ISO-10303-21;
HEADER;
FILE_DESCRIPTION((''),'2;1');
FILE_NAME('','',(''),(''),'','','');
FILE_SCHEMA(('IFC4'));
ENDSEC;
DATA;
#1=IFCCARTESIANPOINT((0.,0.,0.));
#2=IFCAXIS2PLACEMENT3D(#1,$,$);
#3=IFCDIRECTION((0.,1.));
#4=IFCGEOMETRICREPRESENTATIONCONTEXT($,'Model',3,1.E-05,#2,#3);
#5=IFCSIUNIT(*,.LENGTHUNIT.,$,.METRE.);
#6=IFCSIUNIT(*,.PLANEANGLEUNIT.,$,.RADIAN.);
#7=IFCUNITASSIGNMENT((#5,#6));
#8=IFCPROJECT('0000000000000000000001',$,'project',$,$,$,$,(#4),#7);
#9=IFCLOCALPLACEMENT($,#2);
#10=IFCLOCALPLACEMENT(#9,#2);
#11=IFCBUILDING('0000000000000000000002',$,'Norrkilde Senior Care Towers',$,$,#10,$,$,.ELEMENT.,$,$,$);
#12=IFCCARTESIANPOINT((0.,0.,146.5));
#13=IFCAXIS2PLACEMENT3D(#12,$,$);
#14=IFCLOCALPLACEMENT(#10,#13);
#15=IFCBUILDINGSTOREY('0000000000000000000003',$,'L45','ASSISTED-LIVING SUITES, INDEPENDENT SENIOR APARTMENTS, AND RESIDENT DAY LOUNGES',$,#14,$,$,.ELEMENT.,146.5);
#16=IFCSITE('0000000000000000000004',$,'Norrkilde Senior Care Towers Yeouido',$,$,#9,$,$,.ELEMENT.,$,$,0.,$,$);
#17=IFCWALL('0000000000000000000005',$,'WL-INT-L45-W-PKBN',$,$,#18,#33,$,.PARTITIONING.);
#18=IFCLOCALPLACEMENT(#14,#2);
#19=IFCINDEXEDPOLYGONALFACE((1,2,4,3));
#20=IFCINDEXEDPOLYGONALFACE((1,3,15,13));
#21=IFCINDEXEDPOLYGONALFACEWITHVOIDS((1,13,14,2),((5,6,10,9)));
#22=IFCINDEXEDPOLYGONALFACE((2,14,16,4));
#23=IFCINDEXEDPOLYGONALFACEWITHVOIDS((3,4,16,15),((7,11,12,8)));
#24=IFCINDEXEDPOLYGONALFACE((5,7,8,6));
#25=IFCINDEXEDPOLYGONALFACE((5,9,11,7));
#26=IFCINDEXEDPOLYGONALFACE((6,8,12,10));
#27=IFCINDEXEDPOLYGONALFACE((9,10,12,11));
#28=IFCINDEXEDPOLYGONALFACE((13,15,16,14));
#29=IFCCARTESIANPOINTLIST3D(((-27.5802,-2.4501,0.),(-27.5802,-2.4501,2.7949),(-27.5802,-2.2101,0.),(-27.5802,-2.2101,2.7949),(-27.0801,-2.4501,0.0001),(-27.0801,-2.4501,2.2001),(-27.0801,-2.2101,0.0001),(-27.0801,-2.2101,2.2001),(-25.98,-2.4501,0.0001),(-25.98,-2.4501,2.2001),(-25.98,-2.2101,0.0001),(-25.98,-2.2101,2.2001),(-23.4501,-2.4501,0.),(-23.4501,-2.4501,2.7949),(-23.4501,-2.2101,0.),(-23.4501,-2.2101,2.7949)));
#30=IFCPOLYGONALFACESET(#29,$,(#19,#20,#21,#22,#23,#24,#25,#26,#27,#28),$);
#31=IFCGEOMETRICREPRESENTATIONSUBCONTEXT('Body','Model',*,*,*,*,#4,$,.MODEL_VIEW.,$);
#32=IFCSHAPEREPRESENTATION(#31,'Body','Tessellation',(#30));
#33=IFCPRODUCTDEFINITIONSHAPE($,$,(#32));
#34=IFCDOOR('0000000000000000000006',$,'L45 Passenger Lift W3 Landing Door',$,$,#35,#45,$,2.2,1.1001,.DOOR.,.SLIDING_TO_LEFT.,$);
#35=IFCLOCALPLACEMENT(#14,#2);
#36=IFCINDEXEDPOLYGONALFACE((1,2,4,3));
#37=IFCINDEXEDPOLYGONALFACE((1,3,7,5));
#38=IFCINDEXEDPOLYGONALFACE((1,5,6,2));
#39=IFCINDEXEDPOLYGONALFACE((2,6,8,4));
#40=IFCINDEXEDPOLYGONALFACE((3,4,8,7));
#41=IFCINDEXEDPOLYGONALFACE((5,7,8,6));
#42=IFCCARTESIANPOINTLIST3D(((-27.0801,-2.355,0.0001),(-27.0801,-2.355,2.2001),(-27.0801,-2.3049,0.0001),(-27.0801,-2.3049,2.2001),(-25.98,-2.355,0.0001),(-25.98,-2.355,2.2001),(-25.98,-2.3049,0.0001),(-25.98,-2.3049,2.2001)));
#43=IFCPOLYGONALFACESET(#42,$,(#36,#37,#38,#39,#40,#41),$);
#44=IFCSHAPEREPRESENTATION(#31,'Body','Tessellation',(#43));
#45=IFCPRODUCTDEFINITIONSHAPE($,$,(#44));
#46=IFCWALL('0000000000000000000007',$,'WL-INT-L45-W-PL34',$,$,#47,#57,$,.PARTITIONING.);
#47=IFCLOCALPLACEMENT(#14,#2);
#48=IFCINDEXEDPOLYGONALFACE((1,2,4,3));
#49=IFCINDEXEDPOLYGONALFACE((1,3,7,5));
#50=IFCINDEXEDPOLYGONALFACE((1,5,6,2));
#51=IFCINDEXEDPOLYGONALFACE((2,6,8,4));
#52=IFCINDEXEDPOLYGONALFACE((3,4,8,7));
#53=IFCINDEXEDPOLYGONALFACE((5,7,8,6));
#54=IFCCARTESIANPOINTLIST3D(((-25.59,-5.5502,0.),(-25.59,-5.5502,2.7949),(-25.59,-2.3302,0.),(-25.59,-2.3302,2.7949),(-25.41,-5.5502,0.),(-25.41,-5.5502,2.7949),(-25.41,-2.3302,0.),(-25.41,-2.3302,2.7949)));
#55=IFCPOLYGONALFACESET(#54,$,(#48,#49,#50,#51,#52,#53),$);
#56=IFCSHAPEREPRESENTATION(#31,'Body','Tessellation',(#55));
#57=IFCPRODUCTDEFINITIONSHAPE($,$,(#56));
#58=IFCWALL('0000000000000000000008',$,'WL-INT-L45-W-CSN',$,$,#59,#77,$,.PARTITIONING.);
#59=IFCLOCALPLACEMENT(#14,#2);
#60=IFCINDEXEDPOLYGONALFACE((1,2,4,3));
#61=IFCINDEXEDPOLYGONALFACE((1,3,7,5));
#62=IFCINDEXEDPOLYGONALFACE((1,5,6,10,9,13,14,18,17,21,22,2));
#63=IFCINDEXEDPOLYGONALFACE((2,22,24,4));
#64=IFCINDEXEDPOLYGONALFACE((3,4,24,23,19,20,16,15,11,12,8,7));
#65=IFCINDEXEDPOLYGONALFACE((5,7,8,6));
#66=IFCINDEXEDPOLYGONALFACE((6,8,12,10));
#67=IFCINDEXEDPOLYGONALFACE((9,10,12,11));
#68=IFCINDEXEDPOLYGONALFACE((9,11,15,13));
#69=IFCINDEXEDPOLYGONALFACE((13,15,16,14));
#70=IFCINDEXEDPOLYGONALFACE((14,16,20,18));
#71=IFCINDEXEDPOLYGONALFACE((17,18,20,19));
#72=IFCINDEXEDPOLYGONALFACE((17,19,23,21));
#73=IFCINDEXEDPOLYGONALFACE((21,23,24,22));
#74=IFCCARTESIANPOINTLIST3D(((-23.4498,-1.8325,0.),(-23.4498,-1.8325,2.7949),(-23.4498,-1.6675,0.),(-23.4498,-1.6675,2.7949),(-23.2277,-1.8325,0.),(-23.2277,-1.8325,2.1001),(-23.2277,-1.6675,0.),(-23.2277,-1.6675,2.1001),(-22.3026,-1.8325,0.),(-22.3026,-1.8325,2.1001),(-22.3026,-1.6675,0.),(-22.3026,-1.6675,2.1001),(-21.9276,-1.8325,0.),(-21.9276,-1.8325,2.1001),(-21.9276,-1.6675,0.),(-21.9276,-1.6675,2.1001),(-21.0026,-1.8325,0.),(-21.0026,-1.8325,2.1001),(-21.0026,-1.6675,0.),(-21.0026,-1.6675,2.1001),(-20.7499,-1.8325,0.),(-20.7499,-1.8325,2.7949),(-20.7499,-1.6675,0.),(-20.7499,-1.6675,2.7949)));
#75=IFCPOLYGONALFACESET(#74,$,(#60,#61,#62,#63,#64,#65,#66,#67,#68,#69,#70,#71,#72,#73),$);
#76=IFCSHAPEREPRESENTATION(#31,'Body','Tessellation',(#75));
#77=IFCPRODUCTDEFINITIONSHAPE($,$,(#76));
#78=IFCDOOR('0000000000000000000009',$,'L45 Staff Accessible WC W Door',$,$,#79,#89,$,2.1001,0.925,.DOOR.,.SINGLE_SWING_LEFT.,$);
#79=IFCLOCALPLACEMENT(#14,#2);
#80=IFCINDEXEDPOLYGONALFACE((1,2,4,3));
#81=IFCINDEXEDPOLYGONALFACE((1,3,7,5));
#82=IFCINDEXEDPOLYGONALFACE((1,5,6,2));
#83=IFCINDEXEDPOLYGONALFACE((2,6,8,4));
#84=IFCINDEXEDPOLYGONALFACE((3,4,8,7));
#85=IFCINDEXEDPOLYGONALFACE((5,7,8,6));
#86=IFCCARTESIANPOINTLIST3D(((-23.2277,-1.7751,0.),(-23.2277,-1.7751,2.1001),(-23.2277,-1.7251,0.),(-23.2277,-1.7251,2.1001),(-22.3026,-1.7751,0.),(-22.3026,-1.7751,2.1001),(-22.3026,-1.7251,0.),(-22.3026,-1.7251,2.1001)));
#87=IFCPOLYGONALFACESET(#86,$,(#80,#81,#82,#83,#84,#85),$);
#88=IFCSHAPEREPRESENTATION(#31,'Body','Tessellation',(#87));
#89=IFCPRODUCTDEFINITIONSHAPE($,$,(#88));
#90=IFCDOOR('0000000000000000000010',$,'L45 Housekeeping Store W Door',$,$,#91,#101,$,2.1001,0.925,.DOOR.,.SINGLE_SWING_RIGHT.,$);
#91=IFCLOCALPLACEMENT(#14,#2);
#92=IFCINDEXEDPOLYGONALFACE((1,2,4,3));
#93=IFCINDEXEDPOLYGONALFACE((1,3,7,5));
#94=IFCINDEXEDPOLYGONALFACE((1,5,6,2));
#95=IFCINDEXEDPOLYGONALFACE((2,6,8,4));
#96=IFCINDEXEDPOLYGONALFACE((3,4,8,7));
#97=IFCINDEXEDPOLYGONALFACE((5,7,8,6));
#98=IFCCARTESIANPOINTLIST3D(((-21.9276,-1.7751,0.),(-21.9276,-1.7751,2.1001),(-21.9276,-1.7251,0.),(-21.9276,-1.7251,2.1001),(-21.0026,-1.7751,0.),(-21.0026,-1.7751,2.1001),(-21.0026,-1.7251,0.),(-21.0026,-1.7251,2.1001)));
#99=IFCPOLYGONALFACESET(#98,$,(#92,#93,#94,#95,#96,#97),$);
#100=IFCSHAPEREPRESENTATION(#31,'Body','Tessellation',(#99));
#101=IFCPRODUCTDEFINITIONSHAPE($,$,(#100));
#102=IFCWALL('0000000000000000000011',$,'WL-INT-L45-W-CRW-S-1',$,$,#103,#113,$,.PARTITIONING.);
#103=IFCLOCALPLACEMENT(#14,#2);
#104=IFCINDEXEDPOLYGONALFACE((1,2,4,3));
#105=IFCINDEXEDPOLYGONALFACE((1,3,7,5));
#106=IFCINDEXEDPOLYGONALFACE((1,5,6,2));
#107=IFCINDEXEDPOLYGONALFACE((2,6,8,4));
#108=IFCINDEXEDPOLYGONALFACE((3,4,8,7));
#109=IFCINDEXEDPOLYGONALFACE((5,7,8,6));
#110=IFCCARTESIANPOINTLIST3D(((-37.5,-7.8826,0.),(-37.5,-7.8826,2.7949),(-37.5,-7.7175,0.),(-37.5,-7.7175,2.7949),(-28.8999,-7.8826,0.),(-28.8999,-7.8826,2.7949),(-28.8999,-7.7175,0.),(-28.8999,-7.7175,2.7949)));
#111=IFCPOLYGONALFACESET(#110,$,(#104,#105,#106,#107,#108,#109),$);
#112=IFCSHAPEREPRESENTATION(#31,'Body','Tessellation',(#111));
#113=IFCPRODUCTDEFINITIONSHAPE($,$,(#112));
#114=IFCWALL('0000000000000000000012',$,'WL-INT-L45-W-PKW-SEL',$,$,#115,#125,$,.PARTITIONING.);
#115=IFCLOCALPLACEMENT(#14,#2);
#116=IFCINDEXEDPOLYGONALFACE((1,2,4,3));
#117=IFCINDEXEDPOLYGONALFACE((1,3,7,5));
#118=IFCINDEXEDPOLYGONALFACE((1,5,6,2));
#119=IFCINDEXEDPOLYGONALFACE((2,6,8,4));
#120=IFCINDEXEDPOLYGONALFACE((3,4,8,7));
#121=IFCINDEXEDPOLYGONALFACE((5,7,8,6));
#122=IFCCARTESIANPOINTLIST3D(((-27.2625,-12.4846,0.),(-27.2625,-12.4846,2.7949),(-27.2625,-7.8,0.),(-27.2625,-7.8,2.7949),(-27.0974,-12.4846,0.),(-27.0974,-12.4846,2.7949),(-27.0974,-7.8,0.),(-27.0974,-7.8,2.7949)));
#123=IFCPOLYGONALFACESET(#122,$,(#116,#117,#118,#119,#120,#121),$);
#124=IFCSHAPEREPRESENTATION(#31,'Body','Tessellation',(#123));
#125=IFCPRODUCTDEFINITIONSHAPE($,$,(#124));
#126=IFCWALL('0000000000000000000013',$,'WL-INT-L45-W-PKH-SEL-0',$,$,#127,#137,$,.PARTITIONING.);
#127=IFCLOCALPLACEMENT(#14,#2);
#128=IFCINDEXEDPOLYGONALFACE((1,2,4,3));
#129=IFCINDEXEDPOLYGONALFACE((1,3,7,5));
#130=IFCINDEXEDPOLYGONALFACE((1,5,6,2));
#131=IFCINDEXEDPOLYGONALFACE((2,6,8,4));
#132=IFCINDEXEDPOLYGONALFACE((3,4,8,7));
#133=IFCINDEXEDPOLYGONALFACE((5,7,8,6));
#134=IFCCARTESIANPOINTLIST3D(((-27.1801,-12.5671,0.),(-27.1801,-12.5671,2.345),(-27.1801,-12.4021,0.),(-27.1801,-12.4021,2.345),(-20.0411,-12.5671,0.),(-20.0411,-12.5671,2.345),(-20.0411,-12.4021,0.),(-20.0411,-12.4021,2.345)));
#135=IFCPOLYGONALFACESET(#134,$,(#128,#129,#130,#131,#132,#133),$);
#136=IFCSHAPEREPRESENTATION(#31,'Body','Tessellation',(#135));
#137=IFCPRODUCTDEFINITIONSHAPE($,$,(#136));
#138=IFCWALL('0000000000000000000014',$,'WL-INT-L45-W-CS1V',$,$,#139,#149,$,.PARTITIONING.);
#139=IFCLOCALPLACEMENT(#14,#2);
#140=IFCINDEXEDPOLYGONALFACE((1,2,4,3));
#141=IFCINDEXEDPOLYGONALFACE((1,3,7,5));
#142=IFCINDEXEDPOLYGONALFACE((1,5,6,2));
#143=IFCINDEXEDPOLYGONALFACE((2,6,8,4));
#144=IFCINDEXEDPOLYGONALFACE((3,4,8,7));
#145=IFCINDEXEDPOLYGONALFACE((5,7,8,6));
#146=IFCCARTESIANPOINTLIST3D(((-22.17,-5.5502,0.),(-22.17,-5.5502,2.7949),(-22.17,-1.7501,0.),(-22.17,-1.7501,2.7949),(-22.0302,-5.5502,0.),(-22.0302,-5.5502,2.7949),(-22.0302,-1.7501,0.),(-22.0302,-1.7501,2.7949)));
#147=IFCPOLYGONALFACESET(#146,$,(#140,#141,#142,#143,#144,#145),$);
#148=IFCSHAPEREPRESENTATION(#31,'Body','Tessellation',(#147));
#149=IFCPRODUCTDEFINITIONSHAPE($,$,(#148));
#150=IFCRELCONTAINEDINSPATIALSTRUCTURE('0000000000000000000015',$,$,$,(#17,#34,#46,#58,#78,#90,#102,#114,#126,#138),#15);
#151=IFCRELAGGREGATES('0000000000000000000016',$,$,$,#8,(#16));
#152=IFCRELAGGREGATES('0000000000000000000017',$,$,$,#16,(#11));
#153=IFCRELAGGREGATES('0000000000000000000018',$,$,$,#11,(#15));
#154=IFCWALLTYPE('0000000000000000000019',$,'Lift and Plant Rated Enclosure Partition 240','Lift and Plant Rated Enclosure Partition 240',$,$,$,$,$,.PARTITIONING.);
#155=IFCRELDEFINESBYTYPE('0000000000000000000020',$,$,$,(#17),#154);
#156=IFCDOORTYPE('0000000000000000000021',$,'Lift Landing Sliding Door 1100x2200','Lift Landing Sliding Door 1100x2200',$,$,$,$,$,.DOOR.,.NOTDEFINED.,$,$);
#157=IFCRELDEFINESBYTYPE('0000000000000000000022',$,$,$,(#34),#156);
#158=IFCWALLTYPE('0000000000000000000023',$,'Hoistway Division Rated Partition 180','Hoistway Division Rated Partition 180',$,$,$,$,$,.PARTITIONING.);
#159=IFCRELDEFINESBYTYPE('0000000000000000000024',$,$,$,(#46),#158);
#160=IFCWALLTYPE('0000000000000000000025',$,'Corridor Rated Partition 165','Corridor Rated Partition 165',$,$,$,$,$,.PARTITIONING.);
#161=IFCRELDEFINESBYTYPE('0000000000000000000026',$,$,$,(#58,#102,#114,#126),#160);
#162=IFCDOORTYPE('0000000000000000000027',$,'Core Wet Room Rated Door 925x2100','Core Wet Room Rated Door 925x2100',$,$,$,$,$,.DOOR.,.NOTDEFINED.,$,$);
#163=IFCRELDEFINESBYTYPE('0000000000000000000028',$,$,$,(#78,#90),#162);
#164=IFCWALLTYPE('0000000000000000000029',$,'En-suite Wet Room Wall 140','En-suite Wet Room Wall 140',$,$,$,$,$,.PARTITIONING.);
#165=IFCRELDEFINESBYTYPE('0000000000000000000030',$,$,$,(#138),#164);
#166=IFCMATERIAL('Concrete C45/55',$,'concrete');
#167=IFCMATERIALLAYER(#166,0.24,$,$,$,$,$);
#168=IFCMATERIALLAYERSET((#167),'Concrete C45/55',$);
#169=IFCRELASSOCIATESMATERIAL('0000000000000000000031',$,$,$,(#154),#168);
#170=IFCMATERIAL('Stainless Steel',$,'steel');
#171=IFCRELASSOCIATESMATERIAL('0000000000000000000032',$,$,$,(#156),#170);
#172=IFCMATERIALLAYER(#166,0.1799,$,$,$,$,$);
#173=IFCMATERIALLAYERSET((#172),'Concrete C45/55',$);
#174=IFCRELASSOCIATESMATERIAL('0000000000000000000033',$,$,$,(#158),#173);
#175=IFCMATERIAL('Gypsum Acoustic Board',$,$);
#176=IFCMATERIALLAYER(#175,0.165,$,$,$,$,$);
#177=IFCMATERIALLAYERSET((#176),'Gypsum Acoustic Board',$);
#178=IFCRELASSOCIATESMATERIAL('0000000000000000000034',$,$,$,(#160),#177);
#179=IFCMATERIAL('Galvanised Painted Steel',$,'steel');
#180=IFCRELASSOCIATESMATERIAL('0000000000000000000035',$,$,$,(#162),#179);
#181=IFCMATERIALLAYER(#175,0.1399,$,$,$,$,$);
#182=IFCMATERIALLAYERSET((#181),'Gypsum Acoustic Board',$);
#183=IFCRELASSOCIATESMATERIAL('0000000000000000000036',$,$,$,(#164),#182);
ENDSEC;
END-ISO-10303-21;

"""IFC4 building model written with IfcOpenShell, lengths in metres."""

from ifc_helpers import new_model, si_unit, direction, frame, frame_2d, origin, place, context, subcontext, project, spatial, rectangle, extrude, source, transform, mapped, material, layer, layer_set, type_object, type_shapes, element, fill, save


model = new_model("IFC4")

# Units and contexts
model_context = context("Model", 3, precision=1e-05, world=origin(), true_north=direction((0.0, 1.0)))
body_context = subcontext(model_context, "Body", "Model", "MODEL_VIEW")
ifc_project = project(units=[si_unit("LENGTHUNIT", "METRE"), si_unit("PLANEANGLEUNIT", "RADIAN")], contexts=[model_context])

# Site, building, storey
site_placement = place(None, origin())
site = spatial("IfcSite", under=ifc_project, at=site_placement, Name="Norrkilde Senior Care Towers Yeouido", CompositionType="ELEMENT", RefElevation=0.0)
building_placement = place(site_placement, origin())
building = spatial("IfcBuilding", under=site, at=building_placement, Name="Norrkilde Senior Care Towers", CompositionType="ELEMENT")
storey_placement = place(building_placement, frame((0.0, 0.0, 146.5)))
storey = spatial("IfcBuildingStorey", under=building, at=storey_placement, Name="L45", Description="ASSISTED-LIVING SUITES, INDEPENDENT SENIOR APARTMENTS, AND RESIDENT DAY LOUNGES", CompositionType="ELEMENT", Elevation=146.5)

# Shared definitions
ifc_material_1 = material(Name="Concrete C45/55", Category="concrete")

# Shared definitions
ifc_layer_1 = layer(ifc_material_1, 0.24)
ifc_layer_set_1 = layer_set([ifc_layer_1], Name="Concrete C45/55")
wall_type_1 = type_object("IfcWallType", Name="Lift and Plant Rated Enclosure Partition 240", Description="Lift and Plant Rated Enclosure Partition 240", PredefinedType="PARTITIONING", material=ifc_layer_set_1)
ifc_material_2 = material(Name="Stainless Steel", Category="steel")

# Shared definitions
ifc_material_3 = material(Name="Galvanised Painted Steel", Category="steel")

# Wall, opening, door
shared_shape_1 = source(origin(), body_context, "Body", "SweptSolid", [
    extrude(rectangle(XDim=4.1301, YDim=0.24, at=frame_2d((2.0649, 0.0))), origin(), (0.0, 0.0, 1.0), 2.7949),
])
wall_1_placement = place(storey_placement, frame((-27.5801, -2.3301, 0.0), z_axis=(0.0, 0.0, 1.0), x_axis=(1.0, 0.0, 0.0)))
wall_1 = element("IfcWall", 1, at=wall_1_placement, inside=storey, type_object=wall_type_1, Name="WL-INT-L45-W-PKBN", PredefinedType="PARTITIONING", context=body_context, shape_type="MappedRepresentation", body=[
    mapped(shared_shape_1, transform((0.0, 0.0, 0.0), x_axis=(1.0, 0.0, 0.0), y_axis=(0.0, 1.0, 0.0), z_axis=(0.0, 0.0, 1.0), scale=1.0)),
])
opening_1_placement = place(wall_1_placement, frame((0.5, 0.0, 0.0)))
opening_1 = element("IfcOpeningElement", 2, at=opening_1_placement, cuts=wall_1, PredefinedType="OPENING", context=body_context, shape_type="SweptSolid", body=[
    extrude(rectangle(XDim=1.1001, YDim=2.2, at=frame_2d((0.55, 1.1001))), frame((0.0, 0.1299, 0.0), z_axis=(0.0, -1.0, 0.0), x_axis=(1.0, 0.0, 0.0)), (0.0, 0.0, 1.0), 0.26),
])
door_type_1 = type_object("IfcDoorType", Name="Lift Landing Sliding Door 1100x2200", Description="Lift Landing Sliding Door 1100x2200", OperationType="NOTDEFINED", PredefinedType="DOOR", material=ifc_material_2)
shared_shape_2 = source(origin(), body_context, "Body", "SweptSolid", [
    extrude(rectangle(XDim=1.1001, YDim=2.2, at=frame_2d((0.55, 1.1001))), frame((0.0, 0.0249, 0.0), z_axis=(0.0, -1.0, 0.0), x_axis=(1.0, 0.0, 0.0)), (0.0, 0.0, 1.0), 0.05),
])
type_shapes(door_type_1, [shared_shape_2])
door_1_placement = place(opening_1_placement, frame((1.1001, 0.0, 0.0), z_axis=(0.0, 0.0, 1.0), x_axis=(-1.0, 0.0, 0.0)))
door_1 = element("IfcDoor", 3, at=door_1_placement, inside=storey, type_object=door_type_1, Name="L45 Passenger Lift W3 Landing Door", OperationType="SLIDING_TO_LEFT", OverallHeight=2.2, OverallWidth=1.1001, PredefinedType="DOOR", context=body_context, shape_type="MappedRepresentation", body=[
    mapped(shared_shape_2, transform((0.0, 0.0, 0.0), x_axis=(1.0, 0.0, 0.0), y_axis=(0.0, 1.0, 0.0), z_axis=(0.0, 0.0, 1.0), scale=1.0)),
])
fill(opening_1, door_1)

# Wall
ifc_layer_2 = layer(ifc_material_1, 0.1799)
ifc_layer_set_2 = layer_set([ifc_layer_2], Name="Concrete C45/55")
wall_type_2 = type_object("IfcWallType", Name="Hoistway Division Rated Partition 180", Description="Hoistway Division Rated Partition 180", PredefinedType="PARTITIONING", material=ifc_layer_set_2)
shared_shape_3 = source(origin(), body_context, "Body", "SweptSolid", [
    extrude(rectangle(XDim=3.22, YDim=0.1799, at=frame_2d((1.6099, 0.0))), origin(), (0.0, 0.0, 1.0), 2.7949),
])
type_shapes(wall_type_2, [shared_shape_3])
wall_2_placement = place(storey_placement, frame((-25.5, -5.55, 0.0), z_axis=(0.0, 0.0, 1.0), x_axis=(0.0, 1.0, 0.0)))
element("IfcWall", 4, at=wall_2_placement, inside=storey, type_object=wall_type_2, Name="WL-INT-L45-W-PL34", PredefinedType="PARTITIONING", context=body_context, shape_type="MappedRepresentation", body=[
    mapped(shared_shape_3, transform((0.0, 0.0, 0.0), x_axis=(1.0, 0.0, 0.0), y_axis=(0.0, 1.0, 0.0), z_axis=(0.0, 0.0, 1.0), scale=1.0)),
])

# Wall, openings, doors
ifc_material_4 = material(Name="Gypsum Acoustic Board")
ifc_layer_3 = layer(ifc_material_4, 0.165)
ifc_layer_set_3 = layer_set([ifc_layer_3], Name="Gypsum Acoustic Board")
wall_type_3 = type_object("IfcWallType", Name="Corridor Rated Partition 165", Description="Corridor Rated Partition 165", PredefinedType="PARTITIONING", material=ifc_layer_set_3)
shared_shape_4 = source(origin(), body_context, "Body", "SweptSolid", [
    extrude(rectangle(XDim=2.7, YDim=0.165, at=frame_2d((1.3501, 0.0))), origin(), (0.0, 0.0, 1.0), 2.7949),
])
wall_3_placement = place(storey_placement, frame((-23.45, -1.75, 0.0), z_axis=(0.0, 0.0, 1.0), x_axis=(1.0, 0.0, 0.0)))
wall_3 = element("IfcWall", 5, at=wall_3_placement, inside=storey, type_object=wall_type_3, Name="WL-INT-L45-W-CSN", PredefinedType="PARTITIONING", context=body_context, shape_type="MappedRepresentation", body=[
    mapped(shared_shape_4, transform((0.0, 0.0, 0.0), x_axis=(1.0, 0.0, 0.0), y_axis=(0.0, 1.0, 0.0), z_axis=(0.0, 0.0, 1.0), scale=1.0)),
])
opening_2_placement = place(wall_3_placement, frame((0.2224, 0.0, 0.0)))
opening_2 = element("IfcOpeningElement", 6, at=opening_2_placement, cuts=wall_3, PredefinedType="OPENING", context=body_context, shape_type="SweptSolid", body=[
    extrude(rectangle(XDim=0.925, YDim=2.1001, at=frame_2d((0.4624, 1.05))), frame((0.0, 0.0925, 0.0), z_axis=(0.0, -1.0, 0.0), x_axis=(1.0, 0.0, 0.0)), (0.0, 0.0, 1.0), 0.1851),
])
opening_3_placement = place(wall_3_placement, frame((1.5225, 0.0, 0.0)))
opening_3 = element("IfcOpeningElement", 7, at=opening_3_placement, cuts=wall_3, PredefinedType="OPENING", context=body_context, shape_type="SweptSolid", body=[
    extrude(rectangle(XDim=0.925, YDim=2.1001, at=frame_2d((0.4624, 1.05))), frame((0.0, 0.0925, 0.0), z_axis=(0.0, -1.0, 0.0), x_axis=(1.0, 0.0, 0.0)), (0.0, 0.0, 1.0), 0.1851),
])
door_type_2 = type_object("IfcDoorType", Name="Core Wet Room Rated Door 925x2100", Description="Core Wet Room Rated Door 925x2100", OperationType="NOTDEFINED", PredefinedType="DOOR", material=ifc_material_3)
shared_shape_5 = source(origin(), body_context, "Body", "SweptSolid", [
    extrude(rectangle(XDim=0.925, YDim=2.1001, at=frame_2d((0.4624, 1.05))), frame((0.0, 0.0249, 0.0), z_axis=(0.0, -1.0, 0.0), x_axis=(1.0, 0.0, 0.0)), (0.0, 0.0, 1.0), 0.05),
])
type_shapes(door_type_2, [shared_shape_5])
door_2_placement = place(opening_2_placement, origin())
door_2 = element("IfcDoor", 8, at=door_2_placement, inside=storey, type_object=door_type_2, Name="L45 Staff Accessible WC W Door", OperationType="SINGLE_SWING_LEFT", OverallHeight=2.1001, OverallWidth=0.925, PredefinedType="DOOR", context=body_context, shape_type="MappedRepresentation", body=[
    mapped(shared_shape_5, transform((0.0, 0.0, 0.0), x_axis=(1.0, 0.0, 0.0), y_axis=(0.0, 1.0, 0.0), z_axis=(0.0, 0.0, 1.0), scale=1.0)),
])
fill(opening_2, door_2)
door_3_placement = place(opening_3_placement, origin())
door_3 = element("IfcDoor", 9, at=door_3_placement, inside=storey, type_object=door_type_2, Name="L45 Housekeeping Store W Door", OperationType="SINGLE_SWING_RIGHT", OverallHeight=2.1001, OverallWidth=0.925, PredefinedType="DOOR", context=body_context, shape_type="MappedRepresentation", body=[
    mapped(shared_shape_5, transform((0.0, 0.0, 0.0), x_axis=(1.0, 0.0, 0.0), y_axis=(0.0, 1.0, 0.0), z_axis=(0.0, 0.0, 1.0), scale=1.0)),
])
fill(opening_3, door_3)

# Wall
shared_shape_6 = source(origin(), body_context, "Body", "SweptSolid", [
    extrude(rectangle(XDim=8.6001, YDim=0.165, at=frame_2d((4.3, 0.0))), origin(), (0.0, 0.0, 1.0), 2.7949),
])
wall_4_placement = place(storey_placement, frame((-28.8999, -7.8, 0.0), z_axis=(0.0, 0.0, 1.0), x_axis=(-1.0, 0.0, 0.0)))
element("IfcWall", 10, at=wall_4_placement, inside=storey, type_object=wall_type_3, Name="WL-INT-L45-W-CRW-S-1", PredefinedType="PARTITIONING", context=body_context, shape_type="MappedRepresentation", body=[
    mapped(shared_shape_6, transform((0.0, 0.0, 0.0), x_axis=(1.0, 0.0, 0.0), y_axis=(0.0, 1.0, 0.0), z_axis=(0.0, 0.0, 1.0), scale=1.0)),
])

# Shared definitions
shared_shape_7 = source(origin(), body_context, "Body", "SweptSolid", [
    extrude(rectangle(XDim=4.6846, YDim=0.165, at=frame_2d((2.3423, 0.0))), origin(), (0.0, 0.0, 1.0), 2.7949),
])

# Walls
wall_5_placement = place(storey_placement, frame((-27.1799, -12.4846, 0.0), z_axis=(0.0, 0.0, 1.0), x_axis=(0.0, 1.0, 0.0)))
element("IfcWall", 11, at=wall_5_placement, inside=storey, type_object=wall_type_3, Name="WL-INT-L45-W-PKW-SEL", PredefinedType="PARTITIONING", context=body_context, shape_type="MappedRepresentation", body=[
    mapped(shared_shape_7, transform((0.0, 0.0, 0.0), x_axis=(1.0, 0.0, 0.0), y_axis=(0.0, 1.0, 0.0), z_axis=(0.0, 0.0, 1.0), scale=1.0)),
])
shared_shape_8 = source(origin(), body_context, "Body", "SweptSolid", [
    extrude(rectangle(XDim=7.1389, YDim=0.165, at=frame_2d((3.5693, 0.0))), origin(), (0.0, 0.0, 1.0), 2.345),
])
type_shapes(wall_type_3, [shared_shape_4, shared_shape_6, shared_shape_7, shared_shape_8])
wall_6_placement = place(storey_placement, frame((-27.1799, -12.4846, 0.0), z_axis=(0.0, 0.0, 1.0), x_axis=(1.0, 0.0, 0.0)))
element("IfcWall", 12, at=wall_6_placement, inside=storey, type_object=wall_type_3, Name="WL-INT-L45-W-PKH-SEL-0", PredefinedType="PARTITIONING", context=body_context, shape_type="MappedRepresentation", body=[
    mapped(shared_shape_8, transform((0.0, 0.0, 0.0), x_axis=(1.0, 0.0, 0.0), y_axis=(0.0, 1.0, 0.0), z_axis=(0.0, 0.0, 1.0), scale=1.0)),
])
ifc_layer_4 = layer(ifc_material_4, 0.1399)
ifc_layer_set_4 = layer_set([ifc_layer_4], Name="Gypsum Acoustic Board")
wall_type_4 = type_object("IfcWallType", Name="En-suite Wet Room Wall 140", Description="En-suite Wet Room Wall 140", PredefinedType="PARTITIONING", material=ifc_layer_set_4)
shared_shape_9 = source(origin(), body_context, "Body", "SweptSolid", [
    extrude(rectangle(XDim=3.8, YDim=0.1399, at=frame_2d((1.8999, 0.0))), origin(), (0.0, 0.0, 1.0), 2.7949),
])
type_shapes(wall_type_4, [shared_shape_9])
wall_7_placement = place(storey_placement, frame((-22.1001, -5.55, 0.0), z_axis=(0.0, 0.0, 1.0), x_axis=(0.0, 1.0, 0.0)))
element("IfcWall", 13, at=wall_7_placement, inside=storey, type_object=wall_type_4, Name="WL-INT-L45-W-CS1V", PredefinedType="PARTITIONING", context=body_context, shape_type="MappedRepresentation", body=[
    mapped(shared_shape_9, transform((0.0, 0.0, 0.0), x_axis=(1.0, 0.0, 0.0), y_axis=(0.0, 1.0, 0.0), z_axis=(0.0, 0.0, 1.0), scale=1.0)),
])

save(model, "model.ifc")
